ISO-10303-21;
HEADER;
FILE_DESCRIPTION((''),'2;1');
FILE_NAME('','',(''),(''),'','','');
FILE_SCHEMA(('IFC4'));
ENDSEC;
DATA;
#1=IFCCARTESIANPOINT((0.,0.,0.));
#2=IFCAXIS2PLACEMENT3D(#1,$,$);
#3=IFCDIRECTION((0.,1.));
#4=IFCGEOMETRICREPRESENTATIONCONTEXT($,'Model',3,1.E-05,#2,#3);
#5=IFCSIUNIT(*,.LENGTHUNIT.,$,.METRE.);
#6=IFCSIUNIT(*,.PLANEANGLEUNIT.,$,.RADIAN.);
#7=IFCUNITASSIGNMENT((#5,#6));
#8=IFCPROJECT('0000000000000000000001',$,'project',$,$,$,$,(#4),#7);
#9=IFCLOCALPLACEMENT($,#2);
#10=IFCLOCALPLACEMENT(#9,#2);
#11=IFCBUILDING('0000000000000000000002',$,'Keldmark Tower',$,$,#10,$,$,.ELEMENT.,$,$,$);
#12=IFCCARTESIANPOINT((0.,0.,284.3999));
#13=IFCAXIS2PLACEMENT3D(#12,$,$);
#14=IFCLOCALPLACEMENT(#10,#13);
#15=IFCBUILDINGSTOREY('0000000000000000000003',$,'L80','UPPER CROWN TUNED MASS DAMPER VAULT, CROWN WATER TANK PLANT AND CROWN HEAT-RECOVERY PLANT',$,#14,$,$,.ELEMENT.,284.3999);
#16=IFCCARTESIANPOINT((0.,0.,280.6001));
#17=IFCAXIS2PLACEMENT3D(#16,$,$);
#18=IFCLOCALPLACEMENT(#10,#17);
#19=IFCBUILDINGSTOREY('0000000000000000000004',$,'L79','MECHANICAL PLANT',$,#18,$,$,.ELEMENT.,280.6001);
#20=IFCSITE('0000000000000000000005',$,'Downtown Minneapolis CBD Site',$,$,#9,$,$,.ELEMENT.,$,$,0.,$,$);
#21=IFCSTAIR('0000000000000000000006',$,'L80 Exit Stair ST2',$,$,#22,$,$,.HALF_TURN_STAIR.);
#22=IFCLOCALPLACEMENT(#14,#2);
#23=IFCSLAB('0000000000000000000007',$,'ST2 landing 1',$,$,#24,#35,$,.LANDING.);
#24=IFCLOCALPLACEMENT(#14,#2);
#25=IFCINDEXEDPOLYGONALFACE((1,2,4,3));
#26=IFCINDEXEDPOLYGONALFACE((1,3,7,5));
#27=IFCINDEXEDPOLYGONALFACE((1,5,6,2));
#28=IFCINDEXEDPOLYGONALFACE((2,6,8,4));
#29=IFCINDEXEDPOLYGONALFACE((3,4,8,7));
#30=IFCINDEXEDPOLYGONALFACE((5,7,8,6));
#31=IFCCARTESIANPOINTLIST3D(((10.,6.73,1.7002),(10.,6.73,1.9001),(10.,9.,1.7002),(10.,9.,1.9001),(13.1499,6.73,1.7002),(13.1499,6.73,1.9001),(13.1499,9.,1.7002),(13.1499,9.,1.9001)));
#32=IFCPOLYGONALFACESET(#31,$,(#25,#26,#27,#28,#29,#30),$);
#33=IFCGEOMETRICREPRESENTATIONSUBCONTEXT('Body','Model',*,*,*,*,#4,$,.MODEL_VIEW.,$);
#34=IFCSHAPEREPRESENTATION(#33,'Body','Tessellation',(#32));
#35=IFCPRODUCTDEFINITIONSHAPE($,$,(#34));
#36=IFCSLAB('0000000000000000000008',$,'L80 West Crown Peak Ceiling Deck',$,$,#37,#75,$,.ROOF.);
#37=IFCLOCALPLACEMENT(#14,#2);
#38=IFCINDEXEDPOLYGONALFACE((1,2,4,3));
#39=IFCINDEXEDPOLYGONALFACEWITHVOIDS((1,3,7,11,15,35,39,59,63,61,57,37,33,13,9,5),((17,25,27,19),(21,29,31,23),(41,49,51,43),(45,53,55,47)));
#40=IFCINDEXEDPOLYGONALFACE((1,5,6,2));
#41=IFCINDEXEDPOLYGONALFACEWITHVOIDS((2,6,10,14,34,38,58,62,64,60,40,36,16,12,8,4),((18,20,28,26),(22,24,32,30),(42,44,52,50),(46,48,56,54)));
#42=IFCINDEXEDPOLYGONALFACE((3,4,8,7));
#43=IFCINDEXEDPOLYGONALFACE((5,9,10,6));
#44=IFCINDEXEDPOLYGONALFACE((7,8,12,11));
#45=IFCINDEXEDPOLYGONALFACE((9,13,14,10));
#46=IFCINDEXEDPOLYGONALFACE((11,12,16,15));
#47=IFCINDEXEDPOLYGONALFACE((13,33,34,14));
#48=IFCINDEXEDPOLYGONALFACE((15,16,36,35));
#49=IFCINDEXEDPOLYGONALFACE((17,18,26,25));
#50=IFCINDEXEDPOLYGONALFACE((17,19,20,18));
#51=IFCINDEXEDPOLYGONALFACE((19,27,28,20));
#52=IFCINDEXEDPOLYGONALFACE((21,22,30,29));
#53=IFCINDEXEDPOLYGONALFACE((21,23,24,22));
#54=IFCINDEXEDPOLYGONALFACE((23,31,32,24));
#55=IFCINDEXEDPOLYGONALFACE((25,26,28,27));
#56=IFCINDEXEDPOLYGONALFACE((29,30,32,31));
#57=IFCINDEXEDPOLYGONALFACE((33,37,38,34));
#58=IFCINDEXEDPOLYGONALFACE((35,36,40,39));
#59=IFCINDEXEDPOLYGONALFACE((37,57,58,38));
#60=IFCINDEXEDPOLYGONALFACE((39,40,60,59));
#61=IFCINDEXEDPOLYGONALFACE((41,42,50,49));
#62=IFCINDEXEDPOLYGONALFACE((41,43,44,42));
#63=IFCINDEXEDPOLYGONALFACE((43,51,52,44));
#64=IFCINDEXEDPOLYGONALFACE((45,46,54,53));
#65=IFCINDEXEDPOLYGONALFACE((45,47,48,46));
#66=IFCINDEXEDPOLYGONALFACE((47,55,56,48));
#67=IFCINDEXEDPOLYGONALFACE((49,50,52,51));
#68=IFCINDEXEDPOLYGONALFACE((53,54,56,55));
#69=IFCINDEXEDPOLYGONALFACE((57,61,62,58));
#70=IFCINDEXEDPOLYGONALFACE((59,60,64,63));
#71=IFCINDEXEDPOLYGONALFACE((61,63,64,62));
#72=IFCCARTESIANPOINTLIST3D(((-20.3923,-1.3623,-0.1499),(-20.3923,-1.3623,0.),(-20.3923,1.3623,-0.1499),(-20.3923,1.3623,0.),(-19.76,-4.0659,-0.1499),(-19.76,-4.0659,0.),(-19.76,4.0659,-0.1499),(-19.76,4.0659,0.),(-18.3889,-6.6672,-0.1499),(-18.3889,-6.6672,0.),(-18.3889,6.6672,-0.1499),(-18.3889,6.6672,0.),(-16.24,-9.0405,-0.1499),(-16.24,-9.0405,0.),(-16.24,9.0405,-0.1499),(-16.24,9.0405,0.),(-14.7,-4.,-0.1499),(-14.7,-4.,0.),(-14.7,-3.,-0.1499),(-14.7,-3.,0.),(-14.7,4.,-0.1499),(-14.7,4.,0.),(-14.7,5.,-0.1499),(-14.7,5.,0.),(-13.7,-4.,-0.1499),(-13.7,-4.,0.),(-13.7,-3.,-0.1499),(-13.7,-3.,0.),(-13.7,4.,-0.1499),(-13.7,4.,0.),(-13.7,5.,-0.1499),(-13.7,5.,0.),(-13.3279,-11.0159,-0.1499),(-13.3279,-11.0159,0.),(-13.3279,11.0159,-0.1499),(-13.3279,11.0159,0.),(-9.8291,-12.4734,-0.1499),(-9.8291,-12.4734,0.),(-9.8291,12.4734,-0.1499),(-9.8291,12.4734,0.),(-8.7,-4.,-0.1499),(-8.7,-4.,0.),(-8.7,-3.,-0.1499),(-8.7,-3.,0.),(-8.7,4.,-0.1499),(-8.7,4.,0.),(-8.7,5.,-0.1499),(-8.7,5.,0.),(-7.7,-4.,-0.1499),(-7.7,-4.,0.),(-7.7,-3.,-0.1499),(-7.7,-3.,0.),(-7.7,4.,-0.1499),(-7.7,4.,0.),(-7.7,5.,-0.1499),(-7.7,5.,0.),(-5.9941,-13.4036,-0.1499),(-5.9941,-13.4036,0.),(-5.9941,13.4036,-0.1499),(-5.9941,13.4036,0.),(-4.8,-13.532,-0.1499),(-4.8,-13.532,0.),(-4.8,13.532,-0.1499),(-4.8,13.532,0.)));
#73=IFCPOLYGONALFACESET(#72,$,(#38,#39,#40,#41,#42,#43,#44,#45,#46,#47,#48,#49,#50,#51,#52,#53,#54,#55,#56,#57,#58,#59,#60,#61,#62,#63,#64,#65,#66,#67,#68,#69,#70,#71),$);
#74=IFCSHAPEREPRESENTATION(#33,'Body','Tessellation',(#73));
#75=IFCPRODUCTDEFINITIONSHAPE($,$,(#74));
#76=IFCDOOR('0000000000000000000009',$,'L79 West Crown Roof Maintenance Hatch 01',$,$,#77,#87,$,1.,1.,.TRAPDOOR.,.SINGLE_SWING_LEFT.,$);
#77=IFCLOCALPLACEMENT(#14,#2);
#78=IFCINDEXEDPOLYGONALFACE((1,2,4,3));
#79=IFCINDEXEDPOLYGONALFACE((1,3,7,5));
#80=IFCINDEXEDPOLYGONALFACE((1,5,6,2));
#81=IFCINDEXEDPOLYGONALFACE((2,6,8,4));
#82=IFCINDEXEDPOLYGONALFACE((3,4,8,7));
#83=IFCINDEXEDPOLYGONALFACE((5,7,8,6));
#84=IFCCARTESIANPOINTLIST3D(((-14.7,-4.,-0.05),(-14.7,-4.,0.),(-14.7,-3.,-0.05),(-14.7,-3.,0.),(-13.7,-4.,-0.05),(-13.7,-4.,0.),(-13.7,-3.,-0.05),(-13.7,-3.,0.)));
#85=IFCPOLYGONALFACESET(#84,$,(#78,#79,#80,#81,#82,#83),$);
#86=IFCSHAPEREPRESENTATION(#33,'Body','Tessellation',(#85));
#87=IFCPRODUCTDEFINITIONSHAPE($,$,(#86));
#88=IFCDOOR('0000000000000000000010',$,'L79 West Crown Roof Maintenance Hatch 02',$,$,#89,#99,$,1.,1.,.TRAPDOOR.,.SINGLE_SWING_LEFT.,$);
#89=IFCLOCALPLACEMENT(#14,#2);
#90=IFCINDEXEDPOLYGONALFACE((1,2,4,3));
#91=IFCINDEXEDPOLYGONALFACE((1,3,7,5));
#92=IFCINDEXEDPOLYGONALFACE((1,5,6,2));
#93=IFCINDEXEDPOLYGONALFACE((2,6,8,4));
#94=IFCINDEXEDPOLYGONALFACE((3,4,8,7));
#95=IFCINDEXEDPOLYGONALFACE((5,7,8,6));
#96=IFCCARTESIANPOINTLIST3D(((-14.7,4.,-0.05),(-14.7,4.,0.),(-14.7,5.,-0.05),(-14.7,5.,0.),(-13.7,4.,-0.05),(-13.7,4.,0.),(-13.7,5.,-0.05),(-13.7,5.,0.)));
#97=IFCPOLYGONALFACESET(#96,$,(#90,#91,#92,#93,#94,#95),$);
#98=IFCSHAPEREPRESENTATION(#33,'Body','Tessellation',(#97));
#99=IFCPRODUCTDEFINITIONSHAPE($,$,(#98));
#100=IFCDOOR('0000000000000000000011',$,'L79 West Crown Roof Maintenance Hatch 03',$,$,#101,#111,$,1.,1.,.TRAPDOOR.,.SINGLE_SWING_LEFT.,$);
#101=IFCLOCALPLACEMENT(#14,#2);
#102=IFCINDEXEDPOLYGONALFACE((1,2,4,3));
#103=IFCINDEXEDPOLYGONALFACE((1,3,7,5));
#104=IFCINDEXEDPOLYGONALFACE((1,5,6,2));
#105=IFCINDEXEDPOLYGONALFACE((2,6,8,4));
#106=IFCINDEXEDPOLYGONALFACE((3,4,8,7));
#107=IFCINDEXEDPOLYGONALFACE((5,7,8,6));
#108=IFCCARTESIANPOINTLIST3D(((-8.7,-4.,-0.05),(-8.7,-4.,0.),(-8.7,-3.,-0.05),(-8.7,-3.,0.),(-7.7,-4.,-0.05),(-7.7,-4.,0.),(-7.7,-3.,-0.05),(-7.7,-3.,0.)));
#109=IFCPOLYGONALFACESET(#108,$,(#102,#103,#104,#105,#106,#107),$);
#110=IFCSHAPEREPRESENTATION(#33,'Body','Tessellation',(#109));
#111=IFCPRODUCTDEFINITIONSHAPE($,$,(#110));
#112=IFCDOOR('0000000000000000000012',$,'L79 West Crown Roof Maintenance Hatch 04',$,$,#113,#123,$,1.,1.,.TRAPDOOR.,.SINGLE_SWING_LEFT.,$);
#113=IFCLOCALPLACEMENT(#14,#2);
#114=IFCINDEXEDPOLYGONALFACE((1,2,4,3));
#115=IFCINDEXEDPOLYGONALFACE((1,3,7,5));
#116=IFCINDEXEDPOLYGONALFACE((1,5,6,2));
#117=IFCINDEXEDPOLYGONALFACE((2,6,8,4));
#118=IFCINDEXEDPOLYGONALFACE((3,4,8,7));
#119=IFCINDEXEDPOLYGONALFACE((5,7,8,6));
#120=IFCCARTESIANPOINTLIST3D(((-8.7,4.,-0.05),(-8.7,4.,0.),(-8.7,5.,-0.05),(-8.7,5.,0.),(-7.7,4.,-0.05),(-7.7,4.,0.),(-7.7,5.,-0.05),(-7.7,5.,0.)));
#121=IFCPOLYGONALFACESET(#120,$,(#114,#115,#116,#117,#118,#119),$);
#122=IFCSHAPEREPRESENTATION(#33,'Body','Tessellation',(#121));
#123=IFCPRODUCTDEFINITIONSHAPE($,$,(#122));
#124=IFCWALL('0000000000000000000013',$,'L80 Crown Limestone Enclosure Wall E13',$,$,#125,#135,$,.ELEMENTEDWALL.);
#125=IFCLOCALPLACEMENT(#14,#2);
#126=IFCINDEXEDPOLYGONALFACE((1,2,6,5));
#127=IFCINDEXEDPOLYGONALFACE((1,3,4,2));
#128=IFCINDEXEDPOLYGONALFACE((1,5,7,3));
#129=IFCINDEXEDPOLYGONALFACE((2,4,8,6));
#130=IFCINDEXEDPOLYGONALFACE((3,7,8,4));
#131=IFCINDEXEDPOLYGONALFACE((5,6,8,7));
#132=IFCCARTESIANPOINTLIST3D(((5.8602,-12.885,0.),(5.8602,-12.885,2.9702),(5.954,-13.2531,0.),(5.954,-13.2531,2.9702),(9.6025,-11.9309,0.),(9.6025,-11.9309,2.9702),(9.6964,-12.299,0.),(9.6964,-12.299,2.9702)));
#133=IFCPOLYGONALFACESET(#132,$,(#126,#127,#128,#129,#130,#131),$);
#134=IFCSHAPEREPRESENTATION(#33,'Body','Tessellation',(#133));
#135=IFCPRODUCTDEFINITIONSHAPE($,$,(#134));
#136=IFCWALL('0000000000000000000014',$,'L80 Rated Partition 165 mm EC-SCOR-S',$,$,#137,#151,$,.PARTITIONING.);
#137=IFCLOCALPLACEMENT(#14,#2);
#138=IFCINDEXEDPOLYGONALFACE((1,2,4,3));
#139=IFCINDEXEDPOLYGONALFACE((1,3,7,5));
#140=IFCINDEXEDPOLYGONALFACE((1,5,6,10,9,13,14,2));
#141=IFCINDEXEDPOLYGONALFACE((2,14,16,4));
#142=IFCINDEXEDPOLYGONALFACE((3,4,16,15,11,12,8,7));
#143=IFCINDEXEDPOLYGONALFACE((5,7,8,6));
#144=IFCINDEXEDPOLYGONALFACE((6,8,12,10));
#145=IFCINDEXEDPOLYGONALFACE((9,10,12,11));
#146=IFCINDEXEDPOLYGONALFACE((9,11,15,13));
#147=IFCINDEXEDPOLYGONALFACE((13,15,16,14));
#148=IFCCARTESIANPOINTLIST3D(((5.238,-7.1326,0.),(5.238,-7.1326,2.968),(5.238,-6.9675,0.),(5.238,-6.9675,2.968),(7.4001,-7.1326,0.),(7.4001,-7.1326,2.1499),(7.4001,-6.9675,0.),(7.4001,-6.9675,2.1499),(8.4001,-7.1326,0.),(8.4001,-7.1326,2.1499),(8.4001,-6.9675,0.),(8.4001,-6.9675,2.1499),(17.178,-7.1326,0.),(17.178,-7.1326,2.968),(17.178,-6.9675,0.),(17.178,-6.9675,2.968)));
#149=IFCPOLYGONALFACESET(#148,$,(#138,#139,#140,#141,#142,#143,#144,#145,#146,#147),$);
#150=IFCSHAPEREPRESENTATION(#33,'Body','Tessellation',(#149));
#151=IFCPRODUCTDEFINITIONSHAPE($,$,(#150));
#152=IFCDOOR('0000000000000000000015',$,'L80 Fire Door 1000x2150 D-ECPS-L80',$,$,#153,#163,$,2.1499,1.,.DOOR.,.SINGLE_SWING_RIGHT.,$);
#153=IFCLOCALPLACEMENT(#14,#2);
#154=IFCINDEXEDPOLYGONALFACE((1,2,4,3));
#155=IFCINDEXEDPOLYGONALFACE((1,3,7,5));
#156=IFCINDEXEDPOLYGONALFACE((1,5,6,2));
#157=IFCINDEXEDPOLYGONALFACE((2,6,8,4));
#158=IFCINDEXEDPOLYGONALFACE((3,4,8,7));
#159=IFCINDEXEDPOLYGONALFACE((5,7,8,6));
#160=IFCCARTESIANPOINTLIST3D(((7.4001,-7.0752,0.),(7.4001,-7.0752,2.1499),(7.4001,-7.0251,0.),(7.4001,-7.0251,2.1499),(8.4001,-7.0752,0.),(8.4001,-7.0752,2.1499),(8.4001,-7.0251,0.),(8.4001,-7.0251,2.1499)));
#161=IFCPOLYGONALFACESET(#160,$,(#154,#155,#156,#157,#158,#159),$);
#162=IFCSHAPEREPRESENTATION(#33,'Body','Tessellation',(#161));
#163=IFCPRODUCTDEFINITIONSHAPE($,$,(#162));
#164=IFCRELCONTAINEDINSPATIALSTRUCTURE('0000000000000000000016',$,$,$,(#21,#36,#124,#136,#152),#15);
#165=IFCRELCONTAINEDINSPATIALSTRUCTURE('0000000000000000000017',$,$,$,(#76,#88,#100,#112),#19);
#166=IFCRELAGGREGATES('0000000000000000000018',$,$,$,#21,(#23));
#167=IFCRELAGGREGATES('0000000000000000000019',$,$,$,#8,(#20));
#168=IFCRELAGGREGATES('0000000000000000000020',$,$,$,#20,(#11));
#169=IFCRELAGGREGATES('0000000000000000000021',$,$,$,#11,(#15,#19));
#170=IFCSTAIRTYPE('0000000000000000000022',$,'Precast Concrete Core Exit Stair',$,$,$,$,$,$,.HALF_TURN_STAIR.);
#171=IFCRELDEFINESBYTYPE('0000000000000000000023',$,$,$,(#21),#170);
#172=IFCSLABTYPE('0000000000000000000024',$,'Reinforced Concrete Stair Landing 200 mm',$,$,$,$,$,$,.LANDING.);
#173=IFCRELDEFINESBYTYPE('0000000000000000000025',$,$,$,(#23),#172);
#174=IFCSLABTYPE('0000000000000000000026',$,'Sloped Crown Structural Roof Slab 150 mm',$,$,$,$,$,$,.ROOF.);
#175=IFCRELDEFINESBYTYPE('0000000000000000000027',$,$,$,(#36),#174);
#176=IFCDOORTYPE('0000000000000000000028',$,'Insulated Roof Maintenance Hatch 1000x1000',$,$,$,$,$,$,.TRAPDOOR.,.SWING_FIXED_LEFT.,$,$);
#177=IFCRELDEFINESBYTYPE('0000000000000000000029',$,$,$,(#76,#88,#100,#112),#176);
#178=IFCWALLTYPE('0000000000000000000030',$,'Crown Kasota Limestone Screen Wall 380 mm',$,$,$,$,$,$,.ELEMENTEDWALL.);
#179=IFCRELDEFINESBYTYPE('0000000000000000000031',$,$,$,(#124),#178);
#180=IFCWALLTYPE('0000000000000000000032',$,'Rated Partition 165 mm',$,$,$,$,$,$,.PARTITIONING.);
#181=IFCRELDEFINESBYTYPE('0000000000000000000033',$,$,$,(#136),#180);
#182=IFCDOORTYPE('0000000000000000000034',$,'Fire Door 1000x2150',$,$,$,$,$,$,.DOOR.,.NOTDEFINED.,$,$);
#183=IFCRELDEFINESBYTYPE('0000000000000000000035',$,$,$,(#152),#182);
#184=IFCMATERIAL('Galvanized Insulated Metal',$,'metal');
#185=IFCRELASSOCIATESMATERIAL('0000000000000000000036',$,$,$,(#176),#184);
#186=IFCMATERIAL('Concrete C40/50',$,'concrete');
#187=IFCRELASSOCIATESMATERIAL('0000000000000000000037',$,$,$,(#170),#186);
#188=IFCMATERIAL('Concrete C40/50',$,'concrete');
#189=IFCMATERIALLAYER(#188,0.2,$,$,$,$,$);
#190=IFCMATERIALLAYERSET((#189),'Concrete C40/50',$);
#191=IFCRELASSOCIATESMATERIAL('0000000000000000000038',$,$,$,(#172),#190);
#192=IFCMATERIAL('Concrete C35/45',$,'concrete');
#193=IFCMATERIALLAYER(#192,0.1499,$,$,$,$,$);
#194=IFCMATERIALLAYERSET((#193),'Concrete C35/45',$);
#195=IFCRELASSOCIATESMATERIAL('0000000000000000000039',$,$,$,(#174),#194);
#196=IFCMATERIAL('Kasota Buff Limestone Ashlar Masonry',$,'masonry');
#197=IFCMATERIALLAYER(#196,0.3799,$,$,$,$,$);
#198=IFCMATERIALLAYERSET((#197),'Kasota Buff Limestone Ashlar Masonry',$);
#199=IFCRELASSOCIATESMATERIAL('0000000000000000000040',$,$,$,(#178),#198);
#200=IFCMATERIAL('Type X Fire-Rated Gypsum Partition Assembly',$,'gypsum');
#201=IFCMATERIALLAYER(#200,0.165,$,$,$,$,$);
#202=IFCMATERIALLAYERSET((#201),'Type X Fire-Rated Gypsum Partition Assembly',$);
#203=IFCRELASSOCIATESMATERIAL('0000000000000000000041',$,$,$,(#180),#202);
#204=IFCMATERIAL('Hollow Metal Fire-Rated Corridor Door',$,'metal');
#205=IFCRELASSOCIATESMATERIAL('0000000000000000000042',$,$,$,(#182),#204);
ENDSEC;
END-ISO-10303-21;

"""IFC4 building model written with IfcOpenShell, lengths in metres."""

from ifc_helpers import new_model, si_unit, direction, frame, frame_2d, origin, origin_2d, place, context, subcontext, project, spatial, polyline, rectangle, outline, extrude, material, layer, layer_set, type_object, element, fill, aggregate, save


model = new_model("IFC4")

# Units and contexts
model_context = context("Model", 3, precision=1e-05, world=origin(), true_north=direction((0.0, 1.0)))
body_context = subcontext(model_context, "Body", "Model", "MODEL_VIEW")
ifc_project = project(units=[si_unit("LENGTHUNIT", "METRE"), si_unit("PLANEANGLEUNIT", "RADIAN")], contexts=[model_context])

# Site, building, storey
site_placement = place(None, origin())
site = spatial("IfcSite", under=ifc_project, at=site_placement, Name="Downtown Minneapolis CBD Site", CompositionType="ELEMENT", RefElevation=0.0)
building_placement = place(site_placement, origin())
building = spatial("IfcBuilding", under=site, at=building_placement, Name="Keldmark Tower", CompositionType="ELEMENT")
storey_1_placement = place(building_placement, frame((0.0, 0.0, 284.3999)))
storey_1 = spatial("IfcBuildingStorey", under=building, at=storey_1_placement, Name="L80", Description="UPPER CROWN TUNED MASS DAMPER VAULT, CROWN WATER TANK PLANT AND CROWN HEAT-RECOVERY PLANT", CompositionType="ELEMENT", Elevation=284.3999)

# Shared definitions
storey_2_placement = place(building_placement, frame((0.0, 0.0, 280.6001)))
storey_2 = spatial("IfcBuildingStorey", under=building, at=storey_2_placement, Name="L79", Description="MECHANICAL PLANT", CompositionType="ELEMENT", Elevation=280.6001)

# Shared definitions
ifc_material_1 = material(Name="Galvanized Insulated Metal", Category="metal")
door_type_1 = type_object("IfcDoorType", Name="Insulated Roof Maintenance Hatch 1000x1000", OperationType="SWING_FIXED_LEFT", PredefinedType="TRAPDOOR", material=ifc_material_1)

# Stair, slab
ifc_material_2 = material(Name="Concrete C40/50", Category="concrete")
stair_type = type_object("IfcStairType", Name="Precast Concrete Core Exit Stair", PredefinedType="HALF_TURN_STAIR", material=ifc_material_2)
stair_placement = place(storey_1_placement, origin())
stair = element("IfcStair", 1, at=stair_placement, inside=storey_1, type_object=stair_type, Name="L80 Exit Stair ST2", PredefinedType="HALF_TURN_STAIR")
ifc_material_3 = material(Name="Concrete C40/50", Category="concrete")
ifc_layer_1 = layer(ifc_material_3, 0.2)
ifc_layer_set_1 = layer_set([ifc_layer_1], Name="Concrete C40/50")
slab_type_1 = type_object("IfcSlabType", Name="Reinforced Concrete Stair Landing 200 mm", PredefinedType="LANDING", material=ifc_layer_set_1)
slab_1_placement = place(storey_1_placement, frame((0.0, 0.0, 1.7002)))
slab_1 = element("IfcSlab", 2, at=slab_1_placement, type_object=slab_type_1, Name="ST2 landing 1", PredefinedType="LANDING", context=body_context, shape_type="SweptSolid", body=[
    extrude(outline(polyline([(13.1499, 6.73), (13.1499, 9.0), (10.0, 9.0), (10.0, 6.73), (13.1499, 6.73)])), origin(), (0.0, 0.0, 1.0), 0.2),
])
aggregate(stair, [slab_1])

# Shared definitions
ifc_material_4 = material(Name="Concrete C35/45", Category="concrete")
ifc_layer_2 = layer(ifc_material_4, 0.1499)
ifc_layer_set_2 = layer_set([ifc_layer_2], Name="Concrete C35/45")
slab_type_2 = type_object("IfcSlabType", Name="Sloped Crown Structural Roof Slab 150 mm", PredefinedType="ROOF", material=ifc_layer_set_2)

# Slab, openings, doors
slab_2_placement = place(storey_1_placement, frame((0.0, 0.0, -0.1499)))
slab_2 = element("IfcSlab", 3, at=slab_2_placement, inside=storey_1, type_object=slab_type_2, Name="L80 West Crown Peak Ceiling Deck", PredefinedType="ROOF", context=body_context, shape_type="SweptSolid", body=[
    extrude(outline(polyline([(-5.9941, -13.4036), (-9.8291, -12.4734), (-13.3279, -11.0159), (-16.24, -9.0405), (-18.3889, -6.6672), (-19.76, -4.0659), (-20.3923, -1.3623), (-20.3923, 1.3623), (-19.76, 4.0659), (-18.3889, 6.6672), (-16.24, 9.0405), (-13.3279, 11.0159), (-9.8291, 12.4734), (-5.9941, 13.4036), (-4.8, 13.532), (-4.8, -13.532), (-5.9941, -13.4036)])), origin(), (0.0, 0.0, 1.0), 0.1499),
])
opening_1_placement = place(slab_2_placement, frame((-14.2, -3.5, 0.0)))
opening_1 = element("IfcOpeningElement", 4, at=opening_1_placement, cuts=slab_2, PredefinedType="OPENING", context=body_context, shape_type="SweptSolid", body=[
    extrude(rectangle(XDim=1.0, YDim=1.0, at=origin_2d()), origin(), (0.0, 0.0, 1.0), 0.1499),
])
opening_2_placement = place(slab_2_placement, frame((-14.2, 4.5, 0.0)))
opening_2 = element("IfcOpeningElement", 5, at=opening_2_placement, cuts=slab_2, PredefinedType="OPENING", context=body_context, shape_type="SweptSolid", body=[
    extrude(rectangle(XDim=1.0, YDim=1.0, at=origin_2d()), origin(), (0.0, 0.0, 1.0), 0.1499),
])
opening_3_placement = place(slab_2_placement, frame((-8.2, -3.5, 0.0)))
opening_3 = element("IfcOpeningElement", 6, at=opening_3_placement, cuts=slab_2, PredefinedType="OPENING", context=body_context, shape_type="SweptSolid", body=[
    extrude(rectangle(XDim=1.0, YDim=1.0, at=origin_2d()), origin(), (0.0, 0.0, 1.0), 0.1499),
])
opening_4_placement = place(slab_2_placement, frame((-8.2, 4.5, 0.0)))
opening_4 = element("IfcOpeningElement", 7, at=opening_4_placement, cuts=slab_2, PredefinedType="OPENING", context=body_context, shape_type="SweptSolid", body=[
    extrude(rectangle(XDim=1.0, YDim=1.0, at=origin_2d()), origin(), (0.0, 0.0, 1.0), 0.1499),
])
door_1_placement = place(opening_1_placement, frame((0.0, 0.0, 0.0999)))
door_1 = element("IfcDoor", 8, at=door_1_placement, inside=storey_2, type_object=door_type_1, Name="L79 West Crown Roof Maintenance Hatch 01", OperationType="SINGLE_SWING_LEFT", OverallHeight=1.0, OverallWidth=1.0, PredefinedType="TRAPDOOR", context=body_context, shape_type="SweptSolid", body=[
    extrude(rectangle(XDim=1.0, YDim=1.0, at=origin_2d()), origin(), (0.0, 0.0, 1.0), 0.05),
])
fill(opening_1, door_1)
door_2_placement = place(opening_2_placement, frame((0.0, 0.0, 0.0999)))
door_2 = element("IfcDoor", 9, at=door_2_placement, inside=storey_2, type_object=door_type_1, Name="L79 West Crown Roof Maintenance Hatch 02", OperationType="SINGLE_SWING_LEFT", OverallHeight=1.0, OverallWidth=1.0, PredefinedType="TRAPDOOR", context=body_context, shape_type="SweptSolid", body=[
    extrude(rectangle(XDim=1.0, YDim=1.0, at=origin_2d()), origin(), (0.0, 0.0, 1.0), 0.05),
])
fill(opening_2, door_2)
door_3_placement = place(opening_3_placement, frame((0.0, 0.0, 0.0999)))
door_3 = element("IfcDoor", 10, at=door_3_placement, inside=storey_2, type_object=door_type_1, Name="L79 West Crown Roof Maintenance Hatch 03", OperationType="SINGLE_SWING_LEFT", OverallHeight=1.0, OverallWidth=1.0, PredefinedType="TRAPDOOR", context=body_context, shape_type="SweptSolid", body=[
    extrude(rectangle(XDim=1.0, YDim=1.0, at=origin_2d()), origin(), (0.0, 0.0, 1.0), 0.05),
])
fill(opening_3, door_3)
door_4_placement = place(opening_4_placement, frame((0.0, 0.0, 0.0999)))
door_4 = element("IfcDoor", 11, at=door_4_placement, inside=storey_2, type_object=door_type_1, Name="L79 West Crown Roof Maintenance Hatch 04", OperationType="SINGLE_SWING_LEFT", OverallHeight=1.0, OverallWidth=1.0, PredefinedType="TRAPDOOR", context=body_context, shape_type="SweptSolid", body=[
    extrude(rectangle(XDim=1.0, YDim=1.0, at=origin_2d()), origin(), (0.0, 0.0, 1.0), 0.05),
])
fill(opening_4, door_4)

# Wall
ifc_material_5 = material(Name="Kasota Buff Limestone Ashlar Masonry", Category="masonry")
ifc_layer_3 = layer(ifc_material_5, 0.3799)
ifc_layer_set_3 = layer_set([ifc_layer_3], Name="Kasota Buff Limestone Ashlar Masonry")
wall_type_1 = type_object("IfcWallType", Name="Crown Kasota Limestone Screen Wall 380 mm", PredefinedType="ELEMENTEDWALL", material=ifc_layer_set_3)
wall_1_placement = place(storey_1_placement, frame((5.907, -13.0691, 0.0), z_axis=(0.0, 0.0, 1.0), x_axis=(0.969005, 0.24704, 0.0)))
element("IfcWall", 12, at=wall_1_placement, inside=storey_1, type_object=wall_type_1, Name="L80 Crown Limestone Enclosure Wall E13", PredefinedType="ELEMENTEDWALL", context=body_context, shape_type="SweptSolid", body=[
    extrude(rectangle(XDim=3.8621, YDim=0.3799, at=frame_2d((1.9312, 0.0))), origin(), (0.0, 0.0, 1.0), 2.9702),
])

# Wall, opening, door
ifc_material_6 = material(Name="Type X Fire-Rated Gypsum Partition Assembly", Category="gypsum")
ifc_layer_4 = layer(ifc_material_6, 0.165)
ifc_layer_set_4 = layer_set([ifc_layer_4], Name="Type X Fire-Rated Gypsum Partition Assembly")
wall_type_2 = type_object("IfcWallType", Name="Rated Partition 165 mm", PredefinedType="PARTITIONING", material=ifc_layer_set_4)
wall_2_placement = place(storey_1_placement, frame((5.238, -7.05, 0.0), z_axis=(0.0, 0.0, 1.0), x_axis=(1.0, 0.0, 0.0)))
wall_2 = element("IfcWall", 13, at=wall_2_placement, inside=storey_1, type_object=wall_type_2, Name="L80 Rated Partition 165 mm EC-SCOR-S", PredefinedType="PARTITIONING", context=body_context, shape_type="SweptSolid", body=[
    extrude(rectangle(XDim=11.9399, YDim=0.165, at=frame_2d((5.97, 0.0))), origin(), (0.0, 0.0, 1.0), 2.968),
])
opening_5_placement = place(wall_2_placement, frame((2.1621, 0.0, 0.0)))
opening_5 = element("IfcOpeningElement", 14, at=opening_5_placement, cuts=wall_2, PredefinedType="OPENING", context=body_context, shape_type="SweptSolid", body=[
    extrude(rectangle(XDim=1.0, YDim=2.1499, at=frame_2d((0.5, 1.075))), frame((0.0, 0.0925, 0.0), z_axis=(0.0, -1.0, 0.0), x_axis=(1.0, 0.0, 0.0)), (0.0, 0.0, 1.0), 0.1851),
])
ifc_material_7 = material(Name="Hollow Metal Fire-Rated Corridor Door", Category="metal")
door_type_2 = type_object("IfcDoorType", Name="Fire Door 1000x2150", OperationType="NOTDEFINED", PredefinedType="DOOR", material=ifc_material_7)
door_5_placement = place(opening_5_placement, origin())
door_5 = element("IfcDoor", 15, at=door_5_placement, inside=storey_1, type_object=door_type_2, Name="L80 Fire Door 1000x2150 D-ECPS-L80", OperationType="SINGLE_SWING_RIGHT", OverallHeight=2.1499, OverallWidth=1.0, PredefinedType="DOOR", context=body_context, shape_type="SweptSolid", body=[
    extrude(rectangle(XDim=1.0, YDim=2.1499, at=frame_2d((0.5, 1.075))), frame((0.0, 0.0249, 0.0), z_axis=(0.0, -1.0, 0.0), x_axis=(1.0, 0.0, 0.0)), (0.0, 0.0, 1.0), 0.05),
])
fill(opening_5, door_5)

save(model, "model.ifc")
